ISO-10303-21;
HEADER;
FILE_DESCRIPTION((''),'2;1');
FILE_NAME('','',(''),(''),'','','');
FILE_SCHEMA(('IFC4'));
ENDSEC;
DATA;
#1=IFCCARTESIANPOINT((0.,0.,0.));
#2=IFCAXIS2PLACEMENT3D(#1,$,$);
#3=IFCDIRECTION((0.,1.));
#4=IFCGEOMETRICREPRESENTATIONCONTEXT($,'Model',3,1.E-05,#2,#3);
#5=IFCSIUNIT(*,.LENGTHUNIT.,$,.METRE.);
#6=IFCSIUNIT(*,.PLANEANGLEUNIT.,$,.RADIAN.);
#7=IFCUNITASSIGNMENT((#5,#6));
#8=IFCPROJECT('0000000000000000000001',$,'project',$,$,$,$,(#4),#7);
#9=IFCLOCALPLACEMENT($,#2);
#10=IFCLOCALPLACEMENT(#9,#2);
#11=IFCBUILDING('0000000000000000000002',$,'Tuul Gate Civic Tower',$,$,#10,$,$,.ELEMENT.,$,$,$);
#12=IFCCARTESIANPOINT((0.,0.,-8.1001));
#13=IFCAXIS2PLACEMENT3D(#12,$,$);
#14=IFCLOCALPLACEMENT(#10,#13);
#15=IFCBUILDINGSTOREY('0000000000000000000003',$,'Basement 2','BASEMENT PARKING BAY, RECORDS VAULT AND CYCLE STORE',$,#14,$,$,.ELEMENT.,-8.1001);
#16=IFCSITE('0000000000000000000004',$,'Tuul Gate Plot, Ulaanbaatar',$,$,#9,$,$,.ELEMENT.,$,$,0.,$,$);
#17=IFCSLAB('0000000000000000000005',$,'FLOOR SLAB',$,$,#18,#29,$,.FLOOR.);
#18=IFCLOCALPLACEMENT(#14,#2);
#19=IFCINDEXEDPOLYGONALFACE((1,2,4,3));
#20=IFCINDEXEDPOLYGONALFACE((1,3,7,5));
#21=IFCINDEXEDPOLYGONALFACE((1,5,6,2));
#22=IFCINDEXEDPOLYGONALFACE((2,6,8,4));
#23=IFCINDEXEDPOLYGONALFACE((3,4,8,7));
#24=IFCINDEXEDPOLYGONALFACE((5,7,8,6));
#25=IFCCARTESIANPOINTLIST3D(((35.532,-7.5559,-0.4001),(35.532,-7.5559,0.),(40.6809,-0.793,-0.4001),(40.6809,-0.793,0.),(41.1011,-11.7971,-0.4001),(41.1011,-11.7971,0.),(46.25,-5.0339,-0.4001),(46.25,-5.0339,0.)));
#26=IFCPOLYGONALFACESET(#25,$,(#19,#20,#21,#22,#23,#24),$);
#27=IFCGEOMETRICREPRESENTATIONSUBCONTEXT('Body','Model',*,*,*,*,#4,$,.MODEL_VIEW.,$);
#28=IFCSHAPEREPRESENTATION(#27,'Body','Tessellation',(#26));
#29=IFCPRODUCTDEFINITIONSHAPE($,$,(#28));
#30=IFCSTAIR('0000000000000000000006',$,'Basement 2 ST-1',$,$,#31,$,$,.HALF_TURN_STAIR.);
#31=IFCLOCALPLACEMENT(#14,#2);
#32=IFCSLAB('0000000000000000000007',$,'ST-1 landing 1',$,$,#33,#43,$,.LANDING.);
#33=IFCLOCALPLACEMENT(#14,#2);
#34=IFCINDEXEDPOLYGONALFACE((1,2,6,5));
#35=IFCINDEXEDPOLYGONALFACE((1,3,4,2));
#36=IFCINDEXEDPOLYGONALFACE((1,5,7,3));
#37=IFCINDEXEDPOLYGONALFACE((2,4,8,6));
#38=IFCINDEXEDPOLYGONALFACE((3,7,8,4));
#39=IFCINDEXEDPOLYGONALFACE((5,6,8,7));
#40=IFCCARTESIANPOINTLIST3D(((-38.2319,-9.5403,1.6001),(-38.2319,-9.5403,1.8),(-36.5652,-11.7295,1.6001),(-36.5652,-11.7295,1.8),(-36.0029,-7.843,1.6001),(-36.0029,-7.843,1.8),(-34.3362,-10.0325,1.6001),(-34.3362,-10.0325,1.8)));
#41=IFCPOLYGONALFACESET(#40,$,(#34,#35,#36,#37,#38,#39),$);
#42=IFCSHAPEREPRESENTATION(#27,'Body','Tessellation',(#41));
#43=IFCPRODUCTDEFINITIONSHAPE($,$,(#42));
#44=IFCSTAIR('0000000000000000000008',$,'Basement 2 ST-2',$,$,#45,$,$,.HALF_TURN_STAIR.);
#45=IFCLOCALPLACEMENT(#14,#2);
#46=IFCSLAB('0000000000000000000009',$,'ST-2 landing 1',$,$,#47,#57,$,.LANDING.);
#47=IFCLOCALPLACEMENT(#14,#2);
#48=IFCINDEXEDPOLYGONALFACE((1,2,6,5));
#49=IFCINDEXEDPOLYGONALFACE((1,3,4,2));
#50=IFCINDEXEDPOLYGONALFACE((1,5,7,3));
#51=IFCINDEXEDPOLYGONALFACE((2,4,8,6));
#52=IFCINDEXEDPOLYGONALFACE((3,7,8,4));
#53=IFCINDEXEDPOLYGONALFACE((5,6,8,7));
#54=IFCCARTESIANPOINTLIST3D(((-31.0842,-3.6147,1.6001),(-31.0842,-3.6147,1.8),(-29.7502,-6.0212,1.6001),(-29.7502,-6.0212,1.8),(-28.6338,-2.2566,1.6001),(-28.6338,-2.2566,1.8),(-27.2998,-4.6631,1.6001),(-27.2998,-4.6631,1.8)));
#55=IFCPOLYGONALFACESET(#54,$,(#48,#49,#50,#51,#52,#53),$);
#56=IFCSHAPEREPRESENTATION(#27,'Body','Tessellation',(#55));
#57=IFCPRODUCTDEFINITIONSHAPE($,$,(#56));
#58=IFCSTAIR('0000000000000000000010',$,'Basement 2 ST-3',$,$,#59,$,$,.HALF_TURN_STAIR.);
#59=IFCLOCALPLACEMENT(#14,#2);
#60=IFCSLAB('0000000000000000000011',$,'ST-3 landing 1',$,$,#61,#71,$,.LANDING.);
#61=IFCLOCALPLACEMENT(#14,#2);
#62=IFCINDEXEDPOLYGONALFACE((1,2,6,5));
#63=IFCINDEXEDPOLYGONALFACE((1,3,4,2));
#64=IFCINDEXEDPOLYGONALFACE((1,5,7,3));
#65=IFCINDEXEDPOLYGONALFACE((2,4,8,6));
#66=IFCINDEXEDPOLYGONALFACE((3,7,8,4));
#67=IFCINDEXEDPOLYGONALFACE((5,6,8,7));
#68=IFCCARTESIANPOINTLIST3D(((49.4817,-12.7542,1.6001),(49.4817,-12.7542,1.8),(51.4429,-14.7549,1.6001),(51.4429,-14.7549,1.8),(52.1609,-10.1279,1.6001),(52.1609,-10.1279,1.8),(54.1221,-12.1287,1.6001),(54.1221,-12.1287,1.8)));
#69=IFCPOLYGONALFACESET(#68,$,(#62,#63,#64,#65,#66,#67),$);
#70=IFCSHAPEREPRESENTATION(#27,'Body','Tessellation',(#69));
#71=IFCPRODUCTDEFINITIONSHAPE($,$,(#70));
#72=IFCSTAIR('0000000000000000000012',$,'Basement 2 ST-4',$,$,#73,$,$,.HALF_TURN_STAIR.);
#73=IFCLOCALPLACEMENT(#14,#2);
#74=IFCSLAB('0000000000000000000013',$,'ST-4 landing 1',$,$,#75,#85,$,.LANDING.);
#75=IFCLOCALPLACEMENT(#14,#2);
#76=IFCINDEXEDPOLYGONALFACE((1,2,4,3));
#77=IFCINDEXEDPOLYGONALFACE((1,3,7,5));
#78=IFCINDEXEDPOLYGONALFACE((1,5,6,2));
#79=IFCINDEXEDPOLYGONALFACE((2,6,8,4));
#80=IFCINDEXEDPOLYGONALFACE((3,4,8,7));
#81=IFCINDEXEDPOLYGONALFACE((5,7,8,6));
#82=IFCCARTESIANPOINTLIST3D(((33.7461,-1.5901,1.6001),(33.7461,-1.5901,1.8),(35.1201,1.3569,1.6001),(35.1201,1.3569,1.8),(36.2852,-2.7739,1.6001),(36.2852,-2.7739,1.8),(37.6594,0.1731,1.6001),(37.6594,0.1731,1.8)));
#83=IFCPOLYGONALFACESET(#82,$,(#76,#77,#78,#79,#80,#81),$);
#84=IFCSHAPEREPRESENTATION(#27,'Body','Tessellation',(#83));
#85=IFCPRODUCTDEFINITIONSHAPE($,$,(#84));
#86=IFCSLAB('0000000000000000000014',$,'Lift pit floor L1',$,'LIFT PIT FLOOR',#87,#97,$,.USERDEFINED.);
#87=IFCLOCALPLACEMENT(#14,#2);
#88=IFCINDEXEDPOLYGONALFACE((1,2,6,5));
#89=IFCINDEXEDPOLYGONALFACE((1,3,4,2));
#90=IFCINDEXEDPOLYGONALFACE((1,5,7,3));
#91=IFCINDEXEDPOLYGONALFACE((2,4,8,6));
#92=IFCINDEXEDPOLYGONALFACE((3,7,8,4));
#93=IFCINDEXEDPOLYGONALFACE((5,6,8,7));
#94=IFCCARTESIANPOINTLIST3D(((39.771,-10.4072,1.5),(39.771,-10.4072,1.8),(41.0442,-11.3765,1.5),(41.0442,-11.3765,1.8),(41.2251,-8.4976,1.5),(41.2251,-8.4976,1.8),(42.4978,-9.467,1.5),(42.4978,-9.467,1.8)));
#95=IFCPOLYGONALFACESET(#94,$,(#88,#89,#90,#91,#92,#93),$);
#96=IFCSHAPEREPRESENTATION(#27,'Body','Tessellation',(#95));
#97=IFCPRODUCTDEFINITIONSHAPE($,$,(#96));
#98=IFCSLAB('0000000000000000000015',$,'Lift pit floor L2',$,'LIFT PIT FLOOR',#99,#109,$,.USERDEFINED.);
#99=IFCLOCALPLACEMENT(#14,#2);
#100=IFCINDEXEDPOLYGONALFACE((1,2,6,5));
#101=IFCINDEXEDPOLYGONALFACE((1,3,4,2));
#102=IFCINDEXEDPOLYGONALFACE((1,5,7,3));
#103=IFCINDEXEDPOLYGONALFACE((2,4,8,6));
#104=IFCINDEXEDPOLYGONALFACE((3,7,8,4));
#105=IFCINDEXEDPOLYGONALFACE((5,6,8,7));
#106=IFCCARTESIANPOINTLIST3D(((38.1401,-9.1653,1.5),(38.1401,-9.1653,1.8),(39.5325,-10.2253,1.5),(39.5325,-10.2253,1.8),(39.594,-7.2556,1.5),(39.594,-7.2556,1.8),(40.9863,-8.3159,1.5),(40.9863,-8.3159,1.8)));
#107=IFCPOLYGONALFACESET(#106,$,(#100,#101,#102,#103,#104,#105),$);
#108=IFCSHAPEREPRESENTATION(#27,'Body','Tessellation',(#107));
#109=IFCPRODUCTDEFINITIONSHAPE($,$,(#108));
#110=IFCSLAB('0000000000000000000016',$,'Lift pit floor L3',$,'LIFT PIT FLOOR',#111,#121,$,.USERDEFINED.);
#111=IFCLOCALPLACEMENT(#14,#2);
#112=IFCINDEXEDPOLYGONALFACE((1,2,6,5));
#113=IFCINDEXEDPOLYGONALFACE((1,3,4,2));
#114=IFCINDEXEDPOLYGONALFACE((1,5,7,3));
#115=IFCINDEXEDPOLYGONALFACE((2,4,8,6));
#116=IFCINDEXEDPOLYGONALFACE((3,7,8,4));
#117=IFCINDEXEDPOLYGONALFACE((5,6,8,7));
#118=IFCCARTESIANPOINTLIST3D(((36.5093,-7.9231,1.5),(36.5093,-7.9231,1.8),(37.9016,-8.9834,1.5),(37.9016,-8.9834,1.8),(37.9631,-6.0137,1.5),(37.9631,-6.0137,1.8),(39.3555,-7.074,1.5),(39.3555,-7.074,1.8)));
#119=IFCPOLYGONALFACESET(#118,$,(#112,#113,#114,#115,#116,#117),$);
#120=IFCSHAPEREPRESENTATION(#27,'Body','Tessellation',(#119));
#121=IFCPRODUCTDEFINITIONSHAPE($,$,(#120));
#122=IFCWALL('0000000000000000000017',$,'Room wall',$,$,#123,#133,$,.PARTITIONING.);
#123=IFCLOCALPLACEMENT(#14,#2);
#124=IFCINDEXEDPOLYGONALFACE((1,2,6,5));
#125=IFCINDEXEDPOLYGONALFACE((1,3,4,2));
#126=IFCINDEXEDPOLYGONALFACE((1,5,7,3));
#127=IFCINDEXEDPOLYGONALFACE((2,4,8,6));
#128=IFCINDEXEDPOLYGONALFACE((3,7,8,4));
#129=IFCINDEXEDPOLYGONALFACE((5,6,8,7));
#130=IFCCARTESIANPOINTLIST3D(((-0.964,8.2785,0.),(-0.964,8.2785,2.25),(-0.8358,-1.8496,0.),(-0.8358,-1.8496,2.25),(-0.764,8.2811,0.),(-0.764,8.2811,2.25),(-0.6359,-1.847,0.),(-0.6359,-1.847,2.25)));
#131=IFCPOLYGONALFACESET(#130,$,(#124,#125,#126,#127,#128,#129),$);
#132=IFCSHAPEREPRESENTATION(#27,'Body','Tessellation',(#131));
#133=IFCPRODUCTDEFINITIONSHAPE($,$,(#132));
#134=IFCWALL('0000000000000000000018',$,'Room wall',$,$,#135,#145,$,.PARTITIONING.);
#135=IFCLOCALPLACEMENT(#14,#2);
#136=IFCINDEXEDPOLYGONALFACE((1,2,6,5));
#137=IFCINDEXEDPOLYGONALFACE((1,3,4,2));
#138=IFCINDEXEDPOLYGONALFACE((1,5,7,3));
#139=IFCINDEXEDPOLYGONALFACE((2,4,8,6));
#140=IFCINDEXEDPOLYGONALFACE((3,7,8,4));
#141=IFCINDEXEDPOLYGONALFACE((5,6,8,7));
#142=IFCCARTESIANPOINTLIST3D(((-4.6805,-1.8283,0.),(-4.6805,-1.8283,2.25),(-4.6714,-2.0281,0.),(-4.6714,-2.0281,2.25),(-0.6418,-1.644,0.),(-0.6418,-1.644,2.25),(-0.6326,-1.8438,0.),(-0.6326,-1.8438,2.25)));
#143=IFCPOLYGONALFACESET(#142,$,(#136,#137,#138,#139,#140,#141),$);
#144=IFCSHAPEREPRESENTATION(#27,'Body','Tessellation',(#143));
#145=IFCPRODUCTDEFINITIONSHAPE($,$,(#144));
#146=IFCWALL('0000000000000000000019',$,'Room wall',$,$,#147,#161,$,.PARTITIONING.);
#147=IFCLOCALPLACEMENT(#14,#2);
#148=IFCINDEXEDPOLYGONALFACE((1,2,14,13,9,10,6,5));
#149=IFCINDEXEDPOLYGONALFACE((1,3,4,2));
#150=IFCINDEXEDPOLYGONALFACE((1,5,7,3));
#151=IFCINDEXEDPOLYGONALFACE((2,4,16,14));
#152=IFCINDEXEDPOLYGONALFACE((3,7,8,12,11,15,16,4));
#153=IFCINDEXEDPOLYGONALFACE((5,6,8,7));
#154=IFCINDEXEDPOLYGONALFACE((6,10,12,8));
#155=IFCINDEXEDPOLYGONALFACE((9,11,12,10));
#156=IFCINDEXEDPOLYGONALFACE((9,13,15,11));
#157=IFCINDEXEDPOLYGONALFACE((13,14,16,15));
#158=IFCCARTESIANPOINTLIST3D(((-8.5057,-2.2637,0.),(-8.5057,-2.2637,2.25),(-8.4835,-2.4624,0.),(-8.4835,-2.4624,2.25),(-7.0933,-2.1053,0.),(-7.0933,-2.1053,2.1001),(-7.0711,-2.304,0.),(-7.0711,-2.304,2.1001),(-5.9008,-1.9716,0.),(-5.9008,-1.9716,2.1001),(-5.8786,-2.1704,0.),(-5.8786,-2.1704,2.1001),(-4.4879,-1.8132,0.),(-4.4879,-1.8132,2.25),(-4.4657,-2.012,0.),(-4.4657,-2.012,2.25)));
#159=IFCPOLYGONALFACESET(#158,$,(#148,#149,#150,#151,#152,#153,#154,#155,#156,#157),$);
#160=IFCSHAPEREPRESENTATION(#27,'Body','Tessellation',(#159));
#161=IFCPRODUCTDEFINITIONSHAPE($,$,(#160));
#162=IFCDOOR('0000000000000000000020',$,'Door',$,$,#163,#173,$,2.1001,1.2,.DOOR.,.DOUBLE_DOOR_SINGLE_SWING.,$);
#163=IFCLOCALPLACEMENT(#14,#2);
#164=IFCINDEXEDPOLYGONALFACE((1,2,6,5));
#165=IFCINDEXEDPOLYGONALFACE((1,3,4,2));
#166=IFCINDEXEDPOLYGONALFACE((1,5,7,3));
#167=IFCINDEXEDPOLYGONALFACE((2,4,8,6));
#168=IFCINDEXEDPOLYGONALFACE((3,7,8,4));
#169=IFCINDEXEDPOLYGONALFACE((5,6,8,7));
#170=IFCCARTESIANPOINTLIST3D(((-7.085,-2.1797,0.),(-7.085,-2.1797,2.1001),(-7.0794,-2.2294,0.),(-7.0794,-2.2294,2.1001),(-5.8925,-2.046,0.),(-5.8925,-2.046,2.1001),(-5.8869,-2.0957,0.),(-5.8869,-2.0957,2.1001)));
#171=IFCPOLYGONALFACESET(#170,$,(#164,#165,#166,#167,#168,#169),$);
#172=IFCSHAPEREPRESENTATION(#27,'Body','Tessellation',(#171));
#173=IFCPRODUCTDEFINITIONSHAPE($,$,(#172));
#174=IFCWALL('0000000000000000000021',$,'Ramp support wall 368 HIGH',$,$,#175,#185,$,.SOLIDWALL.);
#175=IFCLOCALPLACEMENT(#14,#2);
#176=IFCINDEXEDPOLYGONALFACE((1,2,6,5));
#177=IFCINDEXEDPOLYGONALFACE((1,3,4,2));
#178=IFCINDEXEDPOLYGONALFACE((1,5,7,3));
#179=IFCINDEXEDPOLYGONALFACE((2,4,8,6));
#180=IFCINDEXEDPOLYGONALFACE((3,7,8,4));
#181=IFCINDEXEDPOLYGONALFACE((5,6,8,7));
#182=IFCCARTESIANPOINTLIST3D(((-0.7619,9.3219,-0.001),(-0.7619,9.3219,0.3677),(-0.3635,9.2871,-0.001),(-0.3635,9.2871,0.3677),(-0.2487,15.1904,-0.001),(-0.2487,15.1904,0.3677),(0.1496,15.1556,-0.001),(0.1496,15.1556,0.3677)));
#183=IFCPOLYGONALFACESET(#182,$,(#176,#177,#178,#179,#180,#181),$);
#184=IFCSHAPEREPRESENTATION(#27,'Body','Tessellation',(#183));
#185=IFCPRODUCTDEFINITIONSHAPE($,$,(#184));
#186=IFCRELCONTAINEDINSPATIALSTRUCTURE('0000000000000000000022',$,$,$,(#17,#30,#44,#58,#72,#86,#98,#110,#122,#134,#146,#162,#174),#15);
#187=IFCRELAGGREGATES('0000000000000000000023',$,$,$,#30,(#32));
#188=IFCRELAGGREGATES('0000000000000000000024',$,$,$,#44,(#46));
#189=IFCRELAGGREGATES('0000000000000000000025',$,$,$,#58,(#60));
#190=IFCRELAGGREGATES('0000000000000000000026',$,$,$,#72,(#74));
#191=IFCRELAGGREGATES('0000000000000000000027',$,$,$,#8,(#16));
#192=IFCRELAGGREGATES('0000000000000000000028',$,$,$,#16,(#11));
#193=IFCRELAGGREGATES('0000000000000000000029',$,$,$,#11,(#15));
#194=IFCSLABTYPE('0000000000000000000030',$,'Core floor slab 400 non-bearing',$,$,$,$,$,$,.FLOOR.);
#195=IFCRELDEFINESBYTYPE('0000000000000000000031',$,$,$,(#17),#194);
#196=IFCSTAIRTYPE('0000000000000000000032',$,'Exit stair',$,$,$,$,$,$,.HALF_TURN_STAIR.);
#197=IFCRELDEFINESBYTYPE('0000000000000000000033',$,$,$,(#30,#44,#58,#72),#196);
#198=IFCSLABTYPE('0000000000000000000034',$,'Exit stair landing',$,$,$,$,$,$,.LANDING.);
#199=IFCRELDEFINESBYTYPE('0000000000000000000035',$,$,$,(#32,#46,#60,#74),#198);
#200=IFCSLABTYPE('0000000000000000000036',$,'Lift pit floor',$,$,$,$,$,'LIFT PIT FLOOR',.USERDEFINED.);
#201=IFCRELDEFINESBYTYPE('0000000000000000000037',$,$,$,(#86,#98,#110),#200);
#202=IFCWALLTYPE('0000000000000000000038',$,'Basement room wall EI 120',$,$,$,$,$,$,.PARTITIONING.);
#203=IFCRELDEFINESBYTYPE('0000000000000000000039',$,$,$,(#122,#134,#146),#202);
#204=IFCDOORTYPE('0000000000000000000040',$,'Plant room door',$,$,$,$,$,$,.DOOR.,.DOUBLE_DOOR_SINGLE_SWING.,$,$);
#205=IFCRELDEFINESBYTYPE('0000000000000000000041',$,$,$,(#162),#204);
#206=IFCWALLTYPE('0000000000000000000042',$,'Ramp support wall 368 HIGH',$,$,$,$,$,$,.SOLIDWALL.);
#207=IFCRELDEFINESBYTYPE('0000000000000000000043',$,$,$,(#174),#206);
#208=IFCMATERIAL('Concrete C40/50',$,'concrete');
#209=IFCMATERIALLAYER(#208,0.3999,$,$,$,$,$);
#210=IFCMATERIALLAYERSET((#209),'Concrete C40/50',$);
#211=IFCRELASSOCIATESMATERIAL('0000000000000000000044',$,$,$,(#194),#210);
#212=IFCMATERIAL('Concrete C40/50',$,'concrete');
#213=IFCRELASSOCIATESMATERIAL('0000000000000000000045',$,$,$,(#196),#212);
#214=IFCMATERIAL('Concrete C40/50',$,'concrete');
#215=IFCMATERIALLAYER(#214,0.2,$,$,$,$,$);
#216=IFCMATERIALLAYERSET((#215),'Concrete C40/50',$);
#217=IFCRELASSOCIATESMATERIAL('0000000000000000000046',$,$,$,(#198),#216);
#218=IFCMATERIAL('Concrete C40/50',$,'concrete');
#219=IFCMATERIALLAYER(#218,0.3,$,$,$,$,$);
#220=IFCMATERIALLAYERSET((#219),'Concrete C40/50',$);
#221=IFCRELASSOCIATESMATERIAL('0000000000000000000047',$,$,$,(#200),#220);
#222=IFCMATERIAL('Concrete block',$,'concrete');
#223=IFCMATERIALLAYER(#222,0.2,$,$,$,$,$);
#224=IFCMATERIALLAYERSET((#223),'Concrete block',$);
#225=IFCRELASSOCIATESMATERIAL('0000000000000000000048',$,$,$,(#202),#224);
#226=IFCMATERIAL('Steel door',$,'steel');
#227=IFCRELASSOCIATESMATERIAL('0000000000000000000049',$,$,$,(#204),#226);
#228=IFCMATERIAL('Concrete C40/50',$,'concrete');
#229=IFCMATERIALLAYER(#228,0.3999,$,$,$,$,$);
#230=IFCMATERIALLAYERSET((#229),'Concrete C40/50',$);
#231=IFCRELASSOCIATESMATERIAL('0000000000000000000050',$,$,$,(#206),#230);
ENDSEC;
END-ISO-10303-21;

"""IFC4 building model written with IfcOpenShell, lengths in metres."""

from ifc_helpers import new_model, si_unit, direction, frame, frame_2d, origin, place, context, subcontext, project, spatial, polyline, rectangle, outline, extrude, material, layer, layer_set, type_object, element, fill, aggregate, save


model = new_model("IFC4")

# Units and contexts
model_context = context("Model", 3, precision=1e-05, world=origin(), true_north=direction((0.0, 1.0)))
body_context = subcontext(model_context, "Body", "Model", "MODEL_VIEW")
ifc_project = project(units=[si_unit("LENGTHUNIT", "METRE"), si_unit("PLANEANGLEUNIT", "RADIAN")], contexts=[model_context])

# Site, building, storey
site_placement = place(None, origin())
site = spatial("IfcSite", under=ifc_project, at=site_placement, Name="Tuul Gate Plot, Ulaanbaatar", CompositionType="ELEMENT", RefElevation=0.0)
building_placement = place(site_placement, origin())
building = spatial("IfcBuilding", under=site, at=building_placement, Name="Tuul Gate Civic Tower", CompositionType="ELEMENT")
storey_placement = place(building_placement, frame((0.0, 0.0, -8.1001)))
storey = spatial("IfcBuildingStorey", under=building, at=storey_placement, Name="Basement 2", Description="BASEMENT PARKING BAY, RECORDS VAULT AND CYCLE STORE", CompositionType="ELEMENT", Elevation=-8.1001)

# Slab
ifc_material_1 = material(Name="Concrete C40/50", Category="concrete")
ifc_layer_1 = layer(ifc_material_1, 0.3999)
ifc_layer_set_1 = layer_set([ifc_layer_1], Name="Concrete C40/50")
slab_type_1 = type_object("IfcSlabType", Name="Core floor slab 400 non-bearing", PredefinedType="FLOOR", material=ifc_layer_set_1)
slab_1_placement = place(storey_placement, frame((0.0, 0.0, -0.4001)))
element("IfcSlab", 1, at=slab_1_placement, inside=storey, type_object=slab_type_1, Name="FLOOR SLAB", PredefinedType="FLOOR", context=body_context, shape_type="SweptSolid", body=[
    extrude(outline(polyline([(41.1011, -11.7971), (46.25, -5.0339), (40.6809, -0.793), (35.532, -7.5559), (41.1011, -11.7971)])), origin(), (0.0, 0.0, 1.0), 0.4001),
])

# Stairs, slabs
ifc_material_2 = material(Name="Concrete C40/50", Category="concrete")
stair_type = type_object("IfcStairType", Name="Exit stair", PredefinedType="HALF_TURN_STAIR", material=ifc_material_2)
stair_1_placement = place(storey_placement, origin())
stair_1 = element("IfcStair", 2, at=stair_1_placement, inside=storey, type_object=stair_type, Name="Basement 2 ST-1", PredefinedType="HALF_TURN_STAIR")
ifc_material_3 = material(Name="Concrete C40/50", Category="concrete")
ifc_layer_2 = layer(ifc_material_3, 0.2)
ifc_layer_set_2 = layer_set([ifc_layer_2], Name="Concrete C40/50")
slab_type_2 = type_object("IfcSlabType", Name="Exit stair landing", PredefinedType="LANDING", material=ifc_layer_set_2)
slab_2_placement = place(storey_placement, frame((0.0, 0.0, 1.6001)))
slab_2 = element("IfcSlab", 3, at=slab_2_placement, type_object=slab_type_2, Name="ST-1 landing 1", PredefinedType="LANDING", context=body_context, shape_type="SweptSolid", body=[
    extrude(outline(polyline([(-34.3362, -10.0325), (-36.5652, -11.7295), (-38.2319, -9.5403), (-36.0029, -7.843), (-34.3362, -10.0325)])), origin(), (0.0, 0.0, 1.0), 0.2),
])
aggregate(stair_1, [slab_2])
stair_2_placement = place(storey_placement, origin())
stair_2 = element("IfcStair", 4, at=stair_2_placement, inside=storey, type_object=stair_type, Name="Basement 2 ST-2", PredefinedType="HALF_TURN_STAIR")
slab_3_placement = place(storey_placement, frame((0.0, 0.0, 1.6001)))
slab_3 = element("IfcSlab", 5, at=slab_3_placement, type_object=slab_type_2, Name="ST-2 landing 1", PredefinedType="LANDING", context=body_context, shape_type="SweptSolid", body=[
    extrude(outline(polyline([(-27.2998, -4.6631), (-29.7502, -6.0212), (-31.0842, -3.6147), (-28.6338, -2.2566), (-27.2998, -4.6631)])), origin(), (0.0, 0.0, 1.0), 0.2),
])
aggregate(stair_2, [slab_3])
stair_3_placement = place(storey_placement, origin())
stair_3 = element("IfcStair", 6, at=stair_3_placement, inside=storey, type_object=stair_type, Name="Basement 2 ST-3", PredefinedType="HALF_TURN_STAIR")
slab_4_placement = place(storey_placement, frame((0.0, 0.0, 1.6001)))
slab_4 = element("IfcSlab", 7, at=slab_4_placement, type_object=slab_type_2, Name="ST-3 landing 1", PredefinedType="LANDING", context=body_context, shape_type="SweptSolid", body=[
    extrude(outline(polyline([(51.4429, -14.7549), (49.4817, -12.7542), (52.1609, -10.1279), (54.1221, -12.1287), (51.4429, -14.7549)])), origin(), (0.0, 0.0, 1.0), 0.2),
])
aggregate(stair_3, [slab_4])
stair_4_placement = place(storey_placement, origin())
stair_4 = element("IfcStair", 8, at=stair_4_placement, inside=storey, type_object=stair_type, Name="Basement 2 ST-4", PredefinedType="HALF_TURN_STAIR")
slab_5_placement = place(storey_placement, frame((0.0, 0.0, 1.6001)))
slab_5 = element("IfcSlab", 9, at=slab_5_placement, type_object=slab_type_2, Name="ST-4 landing 1", PredefinedType="LANDING", context=body_context, shape_type="SweptSolid", body=[
    extrude(outline(polyline([(36.2852, -2.7739), (33.7461, -1.5901), (35.1201, 1.3569), (37.6594, 0.1731), (36.2852, -2.7739)])), origin(), (0.0, 0.0, 1.0), 0.2),
])
aggregate(stair_4, [slab_5])

# Slabs
ifc_material_4 = material(Name="Concrete C40/50", Category="concrete")
ifc_layer_3 = layer(ifc_material_4, 0.3)
ifc_layer_set_3 = layer_set([ifc_layer_3], Name="Concrete C40/50")
slab_type_3 = type_object("IfcSlabType", Name="Lift pit floor", ElementType="LIFT PIT FLOOR", PredefinedType="USERDEFINED", material=ifc_layer_set_3)
slab_6_placement = place(storey_placement, frame((0.0, 0.0, 1.5)))
element("IfcSlab", 10, at=slab_6_placement, inside=storey, type_object=slab_type_3, Name="Lift pit floor L1", ObjectType="LIFT PIT FLOOR", PredefinedType="USERDEFINED", context=body_context, shape_type="SweptSolid", body=[
    extrude(outline(polyline([(41.0442, -11.3765), (42.4978, -9.467), (41.2251, -8.4976), (39.771, -10.4072), (41.0442, -11.3765)])), origin(), (0.0, 0.0, 1.0), 0.3),
])
slab_7_placement = place(storey_placement, frame((0.0, 0.0, 1.5)))
element("IfcSlab", 11, at=slab_7_placement, inside=storey, type_object=slab_type_3, Name="Lift pit floor L2", ObjectType="LIFT PIT FLOOR", PredefinedType="USERDEFINED", context=body_context, shape_type="SweptSolid", body=[
    extrude(outline(polyline([(39.5325, -10.2253), (40.9863, -8.3159), (39.594, -7.2556), (38.1401, -9.1653), (39.5325, -10.2253)])), origin(), (0.0, 0.0, 1.0), 0.3),
])
slab_8_placement = place(storey_placement, frame((0.0, 0.0, 1.5)))
element("IfcSlab", 12, at=slab_8_placement, inside=storey, type_object=slab_type_3, Name="Lift pit floor L3", ObjectType="LIFT PIT FLOOR", PredefinedType="USERDEFINED", context=body_context, shape_type="SweptSolid", body=[
    extrude(outline(polyline([(37.9016, -8.9834), (39.3555, -7.074), (37.9631, -6.0137), (36.5093, -7.9231), (37.9016, -8.9834)])), origin(), (0.0, 0.0, 1.0), 0.3),
])

# Walls
ifc_material_5 = material(Name="Concrete block", Category="concrete")
ifc_layer_4 = layer(ifc_material_5, 0.2)
ifc_layer_set_4 = layer_set([ifc_layer_4], Name="Concrete block")
wall_type_1 = type_object("IfcWallType", Name="Basement room wall EI 120", PredefinedType="PARTITIONING", material=ifc_layer_set_4)
wall_1_placement = place(storey_placement, frame((-0.864, 8.2798, 0.0), z_axis=(0.0, 0.0, 1.0), x_axis=(0.012654, -0.99992, 0.0)))
element("IfcWall", 13, at=wall_1_placement, inside=storey, type_object=wall_type_1, Name="Room wall", PredefinedType="PARTITIONING", context=body_context, shape_type="SweptSolid", body=[
    extrude(rectangle(XDim=10.1289, YDim=0.2, at=frame_2d((5.0645, 0.0))), origin(), (0.0, 0.0, 1.0), 2.25),
])
wall_2_placement = place(storey_placement, frame((-0.6372, -1.7439, 0.0), z_axis=(0.0, 0.0, 1.0), x_axis=(-0.99896, -0.045591, 0.0)))
element("IfcWall", 14, at=wall_2_placement, inside=storey, type_object=wall_type_1, Name="Room wall", PredefinedType="PARTITIONING", context=body_context, shape_type="SweptSolid", body=[
    extrude(rectangle(XDim=4.043, YDim=0.2, at=frame_2d((2.0215, 0.0))), origin(), (0.0, 0.0, 1.0), 2.25),
])

# Wall, opening, door
wall_3_placement = place(storey_placement, frame((-4.4768, -1.9126, 0.0), z_axis=(0.0, 0.0, 1.0), x_axis=(-0.993774, -0.111412, 0.0)))
wall_3 = element("IfcWall", 15, at=wall_3_placement, inside=storey, type_object=wall_type_1, Name="Room wall", PredefinedType="PARTITIONING", context=body_context, shape_type="SweptSolid", body=[
    extrude(rectangle(XDim=4.043, YDim=0.2, at=frame_2d((2.0215, 0.0))), origin(), (0.0, 0.0, 1.0), 2.25),
])
opening_placement = place(wall_3_placement, frame((1.4216, 0.0, 0.0)))
opening = element("IfcOpeningElement", 16, at=opening_placement, cuts=wall_3, PredefinedType="OPENING", context=body_context, shape_type="SweptSolid", body=[
    extrude(rectangle(XDim=1.2, YDim=2.1001, at=frame_2d((0.6001, 1.05))), frame((0.0, 0.1099, 0.0), z_axis=(0.0, -1.0, 0.0), x_axis=(1.0, 0.0, 0.0)), (0.0, 0.0, 1.0), 0.22),
])
ifc_material_6 = material(Name="Steel door", Category="steel")
door_type = type_object("IfcDoorType", Name="Plant room door", OperationType="DOUBLE_DOOR_SINGLE_SWING", PredefinedType="DOOR", material=ifc_material_6)
door_placement = place(opening_placement, origin())
door = element("IfcDoor", 17, at=door_placement, inside=storey, type_object=door_type, Name="Door", OperationType="DOUBLE_DOOR_SINGLE_SWING", OverallHeight=2.1001, OverallWidth=1.2, PredefinedType="DOOR", context=body_context, shape_type="SweptSolid", body=[
    extrude(rectangle(XDim=1.2, YDim=2.1001, at=frame_2d((0.6001, 1.05))), frame((0.0, 0.0249, 0.0), z_axis=(0.0, -1.0, 0.0), x_axis=(1.0, 0.0, 0.0)), (0.0, 0.0, 1.0), 0.05),
])
fill(opening, door)

# Wall
ifc_material_7 = material(Name="Concrete C40/50", Category="concrete")
ifc_layer_5 = layer(ifc_material_7, 0.3999)
ifc_layer_set_5 = layer_set([ifc_layer_5], Name="Concrete C40/50")
wall_type_2 = type_object("IfcWallType", Name="Ramp support wall 368 HIGH", PredefinedType="SOLIDWALL", material=ifc_layer_set_5)
wall_4_placement = place(storey_placement, frame((-0.0496, 15.1729, -0.001), z_axis=(0.0, 0.0, 1.0), x_axis=(-0.087116, -0.996198, 0.0)))
element("IfcWall", 18, at=wall_4_placement, inside=storey, type_object=wall_type_2, Name="Ramp support wall 368 HIGH", PredefinedType="SOLIDWALL", context=body_context, shape_type="SweptSolid", body=[
    extrude(rectangle(XDim=5.8909, YDim=0.3999, at=frame_2d((2.9453, 0.0))), origin(), (0.0, 0.0, 1.0), 0.3687),
])

save(model, "model.ifc")
